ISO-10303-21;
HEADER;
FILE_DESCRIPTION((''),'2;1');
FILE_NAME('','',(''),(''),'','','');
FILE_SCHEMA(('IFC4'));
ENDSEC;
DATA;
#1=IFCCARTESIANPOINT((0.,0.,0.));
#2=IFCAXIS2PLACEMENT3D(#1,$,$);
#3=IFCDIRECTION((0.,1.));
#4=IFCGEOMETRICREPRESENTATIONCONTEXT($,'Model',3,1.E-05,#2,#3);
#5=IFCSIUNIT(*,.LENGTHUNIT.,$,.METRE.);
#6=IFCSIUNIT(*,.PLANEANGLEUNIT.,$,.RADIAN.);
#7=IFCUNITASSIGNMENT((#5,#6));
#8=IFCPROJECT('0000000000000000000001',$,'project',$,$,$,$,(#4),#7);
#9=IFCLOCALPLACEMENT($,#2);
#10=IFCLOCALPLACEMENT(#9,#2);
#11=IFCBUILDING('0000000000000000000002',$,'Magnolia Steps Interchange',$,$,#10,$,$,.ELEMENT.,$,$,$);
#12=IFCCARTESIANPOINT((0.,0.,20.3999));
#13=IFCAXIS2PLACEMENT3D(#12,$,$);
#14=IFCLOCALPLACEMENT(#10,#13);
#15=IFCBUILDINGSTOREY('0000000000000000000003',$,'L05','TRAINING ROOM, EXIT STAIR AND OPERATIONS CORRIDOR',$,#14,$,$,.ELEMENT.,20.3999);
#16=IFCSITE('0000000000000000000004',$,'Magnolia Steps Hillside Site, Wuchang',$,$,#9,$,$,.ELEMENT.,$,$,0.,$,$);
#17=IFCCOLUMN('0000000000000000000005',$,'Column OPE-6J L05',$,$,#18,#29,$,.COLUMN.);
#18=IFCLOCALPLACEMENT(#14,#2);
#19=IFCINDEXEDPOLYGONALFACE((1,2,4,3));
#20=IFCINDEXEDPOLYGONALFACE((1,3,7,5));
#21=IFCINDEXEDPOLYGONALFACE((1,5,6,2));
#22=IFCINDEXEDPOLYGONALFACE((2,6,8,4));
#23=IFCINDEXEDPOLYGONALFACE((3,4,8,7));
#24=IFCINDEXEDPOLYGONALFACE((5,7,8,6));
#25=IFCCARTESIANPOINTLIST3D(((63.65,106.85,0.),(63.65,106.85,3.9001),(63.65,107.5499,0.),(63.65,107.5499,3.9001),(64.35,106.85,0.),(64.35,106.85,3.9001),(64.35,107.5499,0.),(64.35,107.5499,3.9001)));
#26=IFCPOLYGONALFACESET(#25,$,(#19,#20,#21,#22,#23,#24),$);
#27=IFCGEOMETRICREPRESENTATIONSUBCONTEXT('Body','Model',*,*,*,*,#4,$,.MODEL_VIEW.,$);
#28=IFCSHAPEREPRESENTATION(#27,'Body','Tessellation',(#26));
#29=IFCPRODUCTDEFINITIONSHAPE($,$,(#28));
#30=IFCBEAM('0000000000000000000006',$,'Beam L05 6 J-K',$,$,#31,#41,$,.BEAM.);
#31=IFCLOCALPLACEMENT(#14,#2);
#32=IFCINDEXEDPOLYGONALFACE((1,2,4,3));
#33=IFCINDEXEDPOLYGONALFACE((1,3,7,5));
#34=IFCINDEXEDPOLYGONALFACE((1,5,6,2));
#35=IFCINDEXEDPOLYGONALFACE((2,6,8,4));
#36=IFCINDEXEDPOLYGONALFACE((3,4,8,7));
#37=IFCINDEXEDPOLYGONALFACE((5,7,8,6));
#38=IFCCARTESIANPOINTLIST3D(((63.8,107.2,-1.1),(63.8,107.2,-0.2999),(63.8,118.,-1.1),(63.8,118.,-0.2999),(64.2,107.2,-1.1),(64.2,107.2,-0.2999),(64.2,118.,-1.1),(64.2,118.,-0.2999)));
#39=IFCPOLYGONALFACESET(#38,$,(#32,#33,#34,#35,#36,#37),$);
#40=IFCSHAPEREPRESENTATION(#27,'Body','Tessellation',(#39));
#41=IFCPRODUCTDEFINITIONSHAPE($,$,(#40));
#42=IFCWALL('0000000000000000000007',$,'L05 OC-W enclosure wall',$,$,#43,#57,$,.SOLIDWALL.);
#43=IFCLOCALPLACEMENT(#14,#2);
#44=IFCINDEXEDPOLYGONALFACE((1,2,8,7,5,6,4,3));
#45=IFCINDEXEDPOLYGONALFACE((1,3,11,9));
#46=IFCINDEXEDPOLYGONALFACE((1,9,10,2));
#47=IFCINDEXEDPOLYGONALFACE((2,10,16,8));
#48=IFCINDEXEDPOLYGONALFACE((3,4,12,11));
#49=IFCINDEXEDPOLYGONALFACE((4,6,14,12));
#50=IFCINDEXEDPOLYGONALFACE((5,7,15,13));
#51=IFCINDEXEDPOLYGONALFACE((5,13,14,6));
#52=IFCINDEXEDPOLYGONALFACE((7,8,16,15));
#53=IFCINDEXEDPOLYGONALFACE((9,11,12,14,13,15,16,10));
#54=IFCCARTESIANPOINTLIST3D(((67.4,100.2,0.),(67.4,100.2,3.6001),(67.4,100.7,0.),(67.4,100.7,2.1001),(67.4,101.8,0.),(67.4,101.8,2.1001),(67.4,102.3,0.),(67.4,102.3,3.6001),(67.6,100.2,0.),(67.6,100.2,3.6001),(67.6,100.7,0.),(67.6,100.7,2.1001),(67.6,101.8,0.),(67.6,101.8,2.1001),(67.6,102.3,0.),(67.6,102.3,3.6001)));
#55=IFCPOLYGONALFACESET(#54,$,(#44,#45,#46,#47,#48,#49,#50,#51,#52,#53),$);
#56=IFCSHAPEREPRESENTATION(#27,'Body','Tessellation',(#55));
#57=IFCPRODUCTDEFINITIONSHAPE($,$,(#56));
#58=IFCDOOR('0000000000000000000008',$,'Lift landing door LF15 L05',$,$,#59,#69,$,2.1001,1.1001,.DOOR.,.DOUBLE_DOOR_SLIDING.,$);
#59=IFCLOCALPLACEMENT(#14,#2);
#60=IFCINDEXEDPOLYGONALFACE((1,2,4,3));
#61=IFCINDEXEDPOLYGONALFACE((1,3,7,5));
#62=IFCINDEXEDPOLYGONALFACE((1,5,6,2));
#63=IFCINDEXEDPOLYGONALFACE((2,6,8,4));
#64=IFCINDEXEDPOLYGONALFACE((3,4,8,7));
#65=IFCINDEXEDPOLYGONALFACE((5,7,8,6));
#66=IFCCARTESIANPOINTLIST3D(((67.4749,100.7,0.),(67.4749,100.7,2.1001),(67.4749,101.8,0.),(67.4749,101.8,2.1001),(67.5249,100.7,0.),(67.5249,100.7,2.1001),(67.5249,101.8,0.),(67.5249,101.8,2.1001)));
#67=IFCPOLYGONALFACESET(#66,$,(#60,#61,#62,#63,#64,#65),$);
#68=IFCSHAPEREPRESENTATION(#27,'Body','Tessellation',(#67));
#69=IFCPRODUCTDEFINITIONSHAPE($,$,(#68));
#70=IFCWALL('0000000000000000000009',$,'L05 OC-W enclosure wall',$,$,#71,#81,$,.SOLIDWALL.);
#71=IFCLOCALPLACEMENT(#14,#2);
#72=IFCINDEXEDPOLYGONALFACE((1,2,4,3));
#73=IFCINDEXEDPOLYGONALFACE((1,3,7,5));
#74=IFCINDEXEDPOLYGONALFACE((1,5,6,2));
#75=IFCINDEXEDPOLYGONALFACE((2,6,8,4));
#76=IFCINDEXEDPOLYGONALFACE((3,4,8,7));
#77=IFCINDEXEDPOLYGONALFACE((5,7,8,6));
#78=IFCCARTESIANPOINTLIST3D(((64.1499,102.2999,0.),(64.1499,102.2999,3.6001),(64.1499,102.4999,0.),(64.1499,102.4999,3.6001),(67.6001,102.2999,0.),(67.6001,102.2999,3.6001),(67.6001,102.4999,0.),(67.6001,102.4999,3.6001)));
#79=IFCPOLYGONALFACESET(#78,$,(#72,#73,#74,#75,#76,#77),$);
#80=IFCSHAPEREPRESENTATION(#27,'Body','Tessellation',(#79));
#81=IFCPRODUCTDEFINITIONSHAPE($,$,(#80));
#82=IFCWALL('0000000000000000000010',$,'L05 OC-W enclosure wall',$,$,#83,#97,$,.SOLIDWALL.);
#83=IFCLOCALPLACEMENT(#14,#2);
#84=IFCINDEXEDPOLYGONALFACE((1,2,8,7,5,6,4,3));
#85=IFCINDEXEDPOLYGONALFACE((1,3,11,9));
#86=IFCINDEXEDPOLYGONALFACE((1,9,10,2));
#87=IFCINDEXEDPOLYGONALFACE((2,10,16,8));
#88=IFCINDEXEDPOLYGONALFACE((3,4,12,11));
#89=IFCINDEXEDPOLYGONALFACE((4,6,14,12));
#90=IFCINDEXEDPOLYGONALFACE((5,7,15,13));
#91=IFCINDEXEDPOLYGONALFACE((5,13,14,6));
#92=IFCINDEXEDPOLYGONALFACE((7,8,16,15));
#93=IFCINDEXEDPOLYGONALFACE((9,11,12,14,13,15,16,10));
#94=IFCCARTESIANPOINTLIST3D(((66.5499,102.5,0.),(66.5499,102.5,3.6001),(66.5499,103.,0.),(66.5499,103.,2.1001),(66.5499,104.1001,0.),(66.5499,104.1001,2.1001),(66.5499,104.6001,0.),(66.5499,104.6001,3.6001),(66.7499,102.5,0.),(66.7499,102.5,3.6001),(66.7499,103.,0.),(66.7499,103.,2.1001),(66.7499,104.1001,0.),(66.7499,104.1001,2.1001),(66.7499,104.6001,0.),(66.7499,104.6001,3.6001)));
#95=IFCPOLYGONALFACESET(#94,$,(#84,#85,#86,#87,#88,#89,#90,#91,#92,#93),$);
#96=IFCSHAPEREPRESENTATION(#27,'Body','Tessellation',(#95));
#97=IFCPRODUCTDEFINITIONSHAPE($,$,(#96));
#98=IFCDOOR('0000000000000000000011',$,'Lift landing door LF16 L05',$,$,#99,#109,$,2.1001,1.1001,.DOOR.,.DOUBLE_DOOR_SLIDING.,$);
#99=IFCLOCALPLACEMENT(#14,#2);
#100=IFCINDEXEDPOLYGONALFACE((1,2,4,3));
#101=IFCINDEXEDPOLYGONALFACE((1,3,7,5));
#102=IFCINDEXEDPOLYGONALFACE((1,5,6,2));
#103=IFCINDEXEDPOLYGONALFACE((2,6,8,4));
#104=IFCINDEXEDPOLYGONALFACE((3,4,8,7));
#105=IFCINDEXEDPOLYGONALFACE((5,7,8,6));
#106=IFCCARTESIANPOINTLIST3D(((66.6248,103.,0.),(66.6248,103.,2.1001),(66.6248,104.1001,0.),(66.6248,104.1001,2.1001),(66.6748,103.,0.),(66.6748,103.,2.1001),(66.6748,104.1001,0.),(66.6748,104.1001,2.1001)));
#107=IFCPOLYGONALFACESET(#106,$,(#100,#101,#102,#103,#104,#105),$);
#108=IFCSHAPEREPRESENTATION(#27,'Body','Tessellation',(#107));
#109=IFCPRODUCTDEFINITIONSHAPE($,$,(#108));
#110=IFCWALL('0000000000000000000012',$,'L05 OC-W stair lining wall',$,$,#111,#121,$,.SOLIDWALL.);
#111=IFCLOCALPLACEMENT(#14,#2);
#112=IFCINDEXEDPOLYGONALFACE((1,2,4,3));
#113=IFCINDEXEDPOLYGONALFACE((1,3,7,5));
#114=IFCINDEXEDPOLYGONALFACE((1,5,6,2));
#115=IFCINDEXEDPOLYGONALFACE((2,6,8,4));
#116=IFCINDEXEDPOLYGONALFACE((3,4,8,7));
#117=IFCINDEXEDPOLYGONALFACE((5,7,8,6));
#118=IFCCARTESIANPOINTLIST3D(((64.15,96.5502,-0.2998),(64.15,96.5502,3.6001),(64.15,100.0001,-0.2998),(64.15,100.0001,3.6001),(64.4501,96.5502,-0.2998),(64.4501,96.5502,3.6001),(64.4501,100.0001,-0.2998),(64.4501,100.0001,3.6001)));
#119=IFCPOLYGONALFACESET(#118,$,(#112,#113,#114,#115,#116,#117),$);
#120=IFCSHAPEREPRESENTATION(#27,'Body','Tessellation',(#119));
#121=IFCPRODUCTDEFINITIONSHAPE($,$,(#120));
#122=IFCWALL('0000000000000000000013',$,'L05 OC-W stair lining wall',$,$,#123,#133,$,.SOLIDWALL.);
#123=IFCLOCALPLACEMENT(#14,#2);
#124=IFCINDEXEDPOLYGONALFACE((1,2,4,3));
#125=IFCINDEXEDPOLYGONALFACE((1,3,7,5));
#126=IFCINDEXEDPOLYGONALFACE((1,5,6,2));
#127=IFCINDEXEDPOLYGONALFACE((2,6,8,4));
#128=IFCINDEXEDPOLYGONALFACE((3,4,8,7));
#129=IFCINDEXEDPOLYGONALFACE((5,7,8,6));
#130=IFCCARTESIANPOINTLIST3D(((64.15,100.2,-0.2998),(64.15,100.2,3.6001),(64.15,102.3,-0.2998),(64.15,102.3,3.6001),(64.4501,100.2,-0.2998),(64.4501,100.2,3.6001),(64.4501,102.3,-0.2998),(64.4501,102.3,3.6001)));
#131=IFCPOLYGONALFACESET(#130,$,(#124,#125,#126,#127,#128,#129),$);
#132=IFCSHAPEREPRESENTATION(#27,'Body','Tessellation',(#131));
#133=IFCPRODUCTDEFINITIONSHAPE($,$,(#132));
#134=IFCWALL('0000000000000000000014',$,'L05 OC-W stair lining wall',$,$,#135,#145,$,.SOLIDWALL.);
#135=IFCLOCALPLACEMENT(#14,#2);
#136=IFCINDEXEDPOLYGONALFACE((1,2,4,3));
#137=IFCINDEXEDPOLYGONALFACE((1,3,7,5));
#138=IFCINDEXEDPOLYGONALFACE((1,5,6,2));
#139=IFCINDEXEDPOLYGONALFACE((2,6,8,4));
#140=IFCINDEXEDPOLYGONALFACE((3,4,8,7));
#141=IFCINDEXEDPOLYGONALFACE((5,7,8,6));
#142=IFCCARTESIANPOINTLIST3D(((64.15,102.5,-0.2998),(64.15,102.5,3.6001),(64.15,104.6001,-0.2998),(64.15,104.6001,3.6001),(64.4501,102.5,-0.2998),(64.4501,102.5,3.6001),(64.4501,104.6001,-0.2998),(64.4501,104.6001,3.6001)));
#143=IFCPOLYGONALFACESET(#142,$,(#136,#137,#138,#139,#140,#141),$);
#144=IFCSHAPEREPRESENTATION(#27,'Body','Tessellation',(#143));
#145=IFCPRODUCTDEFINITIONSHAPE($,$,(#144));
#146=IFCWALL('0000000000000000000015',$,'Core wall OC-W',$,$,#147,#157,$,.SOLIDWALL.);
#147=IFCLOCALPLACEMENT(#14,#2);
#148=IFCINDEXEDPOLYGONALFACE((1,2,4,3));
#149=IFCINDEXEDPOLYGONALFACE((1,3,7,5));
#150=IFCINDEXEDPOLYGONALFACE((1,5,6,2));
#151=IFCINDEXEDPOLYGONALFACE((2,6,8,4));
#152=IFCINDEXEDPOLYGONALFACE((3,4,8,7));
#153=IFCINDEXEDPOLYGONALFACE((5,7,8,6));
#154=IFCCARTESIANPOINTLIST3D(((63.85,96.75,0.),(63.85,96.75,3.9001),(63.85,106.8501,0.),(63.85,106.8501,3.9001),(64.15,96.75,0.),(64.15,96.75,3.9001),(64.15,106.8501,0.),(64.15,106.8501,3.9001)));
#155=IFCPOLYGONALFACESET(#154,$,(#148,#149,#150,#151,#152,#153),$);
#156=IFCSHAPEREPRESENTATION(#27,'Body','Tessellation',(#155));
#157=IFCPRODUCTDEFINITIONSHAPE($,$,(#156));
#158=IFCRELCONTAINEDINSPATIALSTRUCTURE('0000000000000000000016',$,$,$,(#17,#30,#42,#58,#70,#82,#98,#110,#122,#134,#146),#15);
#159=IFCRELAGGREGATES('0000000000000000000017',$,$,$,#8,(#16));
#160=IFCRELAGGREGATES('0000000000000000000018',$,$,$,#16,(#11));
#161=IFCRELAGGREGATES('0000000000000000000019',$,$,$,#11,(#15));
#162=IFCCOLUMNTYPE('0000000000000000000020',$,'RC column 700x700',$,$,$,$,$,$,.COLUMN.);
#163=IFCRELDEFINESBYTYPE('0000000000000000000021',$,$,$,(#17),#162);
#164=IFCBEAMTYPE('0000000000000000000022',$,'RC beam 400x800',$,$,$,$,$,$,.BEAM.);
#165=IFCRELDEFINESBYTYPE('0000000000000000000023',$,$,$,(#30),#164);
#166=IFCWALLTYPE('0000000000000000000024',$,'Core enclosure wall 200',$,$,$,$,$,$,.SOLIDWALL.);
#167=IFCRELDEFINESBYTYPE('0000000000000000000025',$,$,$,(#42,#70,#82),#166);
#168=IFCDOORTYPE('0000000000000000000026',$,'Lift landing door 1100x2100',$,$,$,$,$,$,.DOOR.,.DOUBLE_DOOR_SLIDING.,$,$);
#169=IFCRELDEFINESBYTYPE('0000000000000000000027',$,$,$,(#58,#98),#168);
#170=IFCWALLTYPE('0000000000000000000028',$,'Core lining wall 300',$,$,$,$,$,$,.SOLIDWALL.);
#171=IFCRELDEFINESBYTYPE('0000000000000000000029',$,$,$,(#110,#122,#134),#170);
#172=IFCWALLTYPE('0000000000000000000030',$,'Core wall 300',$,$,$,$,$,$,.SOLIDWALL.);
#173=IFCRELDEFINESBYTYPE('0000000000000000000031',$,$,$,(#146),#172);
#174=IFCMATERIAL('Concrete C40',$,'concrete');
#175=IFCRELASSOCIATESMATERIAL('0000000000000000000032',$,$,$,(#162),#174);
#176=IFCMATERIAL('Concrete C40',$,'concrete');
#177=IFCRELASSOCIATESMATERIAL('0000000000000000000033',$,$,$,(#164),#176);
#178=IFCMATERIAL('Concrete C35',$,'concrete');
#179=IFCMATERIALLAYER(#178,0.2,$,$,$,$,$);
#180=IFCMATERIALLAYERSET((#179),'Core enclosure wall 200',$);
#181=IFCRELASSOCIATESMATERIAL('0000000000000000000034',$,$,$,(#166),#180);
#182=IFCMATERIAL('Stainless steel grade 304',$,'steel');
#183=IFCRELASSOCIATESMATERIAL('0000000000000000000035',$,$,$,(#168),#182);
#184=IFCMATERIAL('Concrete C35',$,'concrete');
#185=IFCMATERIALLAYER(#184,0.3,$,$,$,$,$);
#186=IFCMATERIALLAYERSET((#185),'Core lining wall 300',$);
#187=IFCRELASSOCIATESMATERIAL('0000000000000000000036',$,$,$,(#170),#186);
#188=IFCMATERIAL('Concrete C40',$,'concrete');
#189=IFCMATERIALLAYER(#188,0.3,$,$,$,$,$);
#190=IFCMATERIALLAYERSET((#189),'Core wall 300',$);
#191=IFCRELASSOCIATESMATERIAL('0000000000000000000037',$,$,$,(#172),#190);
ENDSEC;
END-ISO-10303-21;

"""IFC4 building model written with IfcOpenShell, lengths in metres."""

from ifc_helpers import new_model, si_unit, direction, frame, frame_2d, origin, origin_2d, place, context, subcontext, project, spatial, rectangle, extrude, material, layer, layer_set, material_profile, profile_set, type_object, element, fill, save


model = new_model("IFC4")

# Units and contexts
model_context = context("Model", 3, precision=1e-05, world=origin(), true_north=direction((0.0, 1.0)))
body_context = subcontext(model_context, "Body", "Model", "MODEL_VIEW")
ifc_project = project(units=[si_unit("LENGTHUNIT", "METRE"), si_unit("PLANEANGLEUNIT", "RADIAN")], contexts=[model_context])

# Site, building, storey
site_placement = place(None, origin())
site = spatial("IfcSite", under=ifc_project, at=site_placement, Name="Magnolia Steps Hillside Site, Wuchang", CompositionType="ELEMENT", RefElevation=0.0)
building_placement = place(site_placement, origin())
building = spatial("IfcBuilding", under=site, at=building_placement, Name="Magnolia Steps Interchange", CompositionType="ELEMENT")
storey_placement = place(building_placement, frame((0.0, 0.0, 20.3999)))
storey = spatial("IfcBuildingStorey", under=building, at=storey_placement, Name="L05", Description="TRAINING ROOM, EXIT STAIR AND OPERATIONS CORRIDOR", CompositionType="ELEMENT", Elevation=20.3999)

# Column
ifc_material_1 = material(Name="Concrete C40", Category="concrete")
ifc_material_profile_1 = material_profile(ifc_material_1, rectangle(XDim=0.7, YDim=0.7, at=origin_2d()), Name="RC700x700")
ifc_profile_set_1 = profile_set([ifc_material_profile_1], Name="Concrete C40")
column_type = type_object("IfcColumnType", Name="RC column 700x700", PredefinedType="COLUMN", material=ifc_profile_set_1)
column_placement = place(storey_placement, frame((64.0, 107.2, 0.0), z_axis=(0.0, 0.0, 1.0), x_axis=(1.0, 0.0, 0.0)))
element("IfcColumn", 1, at=column_placement, inside=storey, type_object=column_type, Name="Column OPE-6J L05", PredefinedType="COLUMN", context=body_context, shape_type="SweptSolid", body=[
    extrude(rectangle(XDim=0.7, YDim=0.7, at=origin_2d()), origin(), (0.0, 0.0, 1.0), 3.9001),
])

# Beam
ifc_material_2 = material(Name="Concrete C40", Category="concrete")
ifc_material_profile_2 = material_profile(ifc_material_2, rectangle(XDim=0.3999, YDim=0.8, at=origin_2d()), Name="RC400x800")
ifc_profile_set_2 = profile_set([ifc_material_profile_2], Name="Concrete C40")
beam_type = type_object("IfcBeamType", Name="RC beam 400x800", PredefinedType="BEAM", material=ifc_profile_set_2)
beam_placement = place(storey_placement, frame((64.0, 107.2, -0.7), z_axis=(0.0, 1.0, 0.0), x_axis=(-1.0, 0.0, 0.0)))
element("IfcBeam", 2, at=beam_placement, inside=storey, type_object=beam_type, Name="Beam L05 6 J-K", PredefinedType="BEAM", context=body_context, shape_type="SweptSolid", body=[
    extrude(rectangle(XDim=0.3999, YDim=0.8, at=origin_2d()), origin(), (0.0, 0.0, 1.0), 10.8),
])

# Wall, opening, door
ifc_material_3 = material(Name="Concrete C35", Category="concrete")
ifc_layer_1 = layer(ifc_material_3, 0.2)
ifc_layer_set_1 = layer_set([ifc_layer_1], Name="Core enclosure wall 200")
wall_type_1 = type_object("IfcWallType", Name="Core enclosure wall 200", PredefinedType="SOLIDWALL", material=ifc_layer_set_1)
wall_1_placement = place(storey_placement, frame((67.5, 100.2, 0.0), z_axis=(0.0, 0.0, 1.0), x_axis=(0.0, 1.0, 0.0)))
wall_1 = element("IfcWall", 3, at=wall_1_placement, inside=storey, type_object=wall_type_1, Name="L05 OC-W enclosure wall", PredefinedType="SOLIDWALL", context=body_context, shape_type="SweptSolid", body=[
    extrude(rectangle(XDim=2.1001, YDim=0.2, at=frame_2d((1.05, 0.0))), origin(), (0.0, 0.0, 1.0), 3.6001),
])
opening_1_placement = place(wall_1_placement, frame((0.5, 0.0, 0.0)))
opening_1 = element("IfcOpeningElement", 4, at=opening_1_placement, cuts=wall_1, PredefinedType="OPENING", context=body_context, shape_type="SweptSolid", body=[
    extrude(rectangle(XDim=1.1001, YDim=2.1001, at=frame_2d((0.55, 1.05))), frame((0.0, 0.1099, 0.0), z_axis=(0.0, -1.0, 0.0), x_axis=(1.0, 0.0, 0.0)), (0.0, 0.0, 1.0), 0.22),
])
ifc_material_4 = material(Name="Stainless steel grade 304", Category="steel")
door_type = type_object("IfcDoorType", Name="Lift landing door 1100x2100", OperationType="DOUBLE_DOOR_SLIDING", PredefinedType="DOOR", material=ifc_material_4)
door_1_placement = place(opening_1_placement, frame((1.1001, 0.0, 0.0), z_axis=(0.0, 0.0, 1.0), x_axis=(-1.0, 0.0, 0.0)))
door_1 = element("IfcDoor", 5, at=door_1_placement, inside=storey, type_object=door_type, Name="Lift landing door LF15 L05", OperationType="DOUBLE_DOOR_SLIDING", OverallHeight=2.1001, OverallWidth=1.1001, PredefinedType="DOOR", context=body_context, shape_type="SweptSolid", body=[
    extrude(rectangle(XDim=1.1001, YDim=2.1001, at=frame_2d((0.55, 1.05))), frame((0.0, 0.0249, 0.0), z_axis=(0.0, -1.0, 0.0), x_axis=(1.0, 0.0, 0.0)), (0.0, 0.0, 1.0), 0.05),
])
fill(opening_1, door_1)

# Wall
wall_2_placement = place(storey_placement, frame((67.6001, 102.3999, 0.0), z_axis=(0.0, 0.0, 1.0), x_axis=(-1.0, 0.0, 0.0)))
element("IfcWall", 6, at=wall_2_placement, inside=storey, type_object=wall_type_1, Name="L05 OC-W enclosure wall", PredefinedType="SOLIDWALL", context=body_context, shape_type="SweptSolid", body=[
    extrude(rectangle(XDim=3.4502, YDim=0.2, at=frame_2d((1.7251, 0.0))), origin(), (0.0, 0.0, 1.0), 3.6001),
])

# Wall, opening, door
wall_3_placement = place(storey_placement, frame((66.6499, 102.5, 0.0), z_axis=(0.0, 0.0, 1.0), x_axis=(0.0, 1.0, 0.0)))
wall_3 = element("IfcWall", 7, at=wall_3_placement, inside=storey, type_object=wall_type_1, Name="L05 OC-W enclosure wall", PredefinedType="SOLIDWALL", context=body_context, shape_type="SweptSolid", body=[
    extrude(rectangle(XDim=2.1001, YDim=0.2, at=frame_2d((1.05, 0.0))), origin(), (0.0, 0.0, 1.0), 3.6001),
])
opening_2_placement = place(wall_3_placement, frame((0.5, 0.0, 0.0)))
opening_2 = element("IfcOpeningElement", 8, at=opening_2_placement, cuts=wall_3, PredefinedType="OPENING", context=body_context, shape_type="SweptSolid", body=[
    extrude(rectangle(XDim=1.1001, YDim=2.1001, at=frame_2d((0.55, 1.05))), frame((0.0, 0.1099, 0.0), z_axis=(0.0, -1.0, 0.0), x_axis=(1.0, 0.0, 0.0)), (0.0, 0.0, 1.0), 0.22),
])
door_2_placement = place(opening_2_placement, frame((1.1001, 0.0, 0.0), z_axis=(0.0, 0.0, 1.0), x_axis=(-1.0, 0.0, 0.0)))
door_2 = element("IfcDoor", 9, at=door_2_placement, inside=storey, type_object=door_type, Name="Lift landing door LF16 L05", OperationType="DOUBLE_DOOR_SLIDING", OverallHeight=2.1001, OverallWidth=1.1001, PredefinedType="DOOR", context=body_context, shape_type="SweptSolid", body=[
    extrude(rectangle(XDim=1.1001, YDim=2.1001, at=frame_2d((0.55, 1.05))), frame((0.0, 0.0249, 0.0), z_axis=(0.0, -1.0, 0.0), x_axis=(1.0, 0.0, 0.0)), (0.0, 0.0, 1.0), 0.05),
])
fill(opening_2, door_2)

# Walls
ifc_material_5 = material(Name="Concrete C35", Category="concrete")
ifc_layer_2 = layer(ifc_material_5, 0.3)
ifc_layer_set_2 = layer_set([ifc_layer_2], Name="Core lining wall 300")
wall_type_2 = type_object("IfcWallType", Name="Core lining wall 300", PredefinedType="SOLIDWALL", material=ifc_layer_set_2)
wall_4_placement = place(storey_placement, frame((64.3, 96.55, -0.2998), z_axis=(0.0, 0.0, 1.0), x_axis=(0.0, 1.0, 0.0)))
element("IfcWall", 10, at=wall_4_placement, inside=storey, type_object=wall_type_2, Name="L05 OC-W stair lining wall", PredefinedType="SOLIDWALL", context=body_context, shape_type="SweptSolid", body=[
    extrude(rectangle(XDim=3.45, YDim=0.3, at=frame_2d((1.7251, 0.0))), origin(), (0.0, 0.0, 1.0), 3.8999),
])
for number, where, z_axis, x_axis, name in (
    (11, (64.3, 100.2, -0.2998), (0.0, 0.0, 1.0), (0.0, 1.0, 0.0), "L05 OC-W stair lining wall"),
    (12, (64.3, 102.5, -0.2998), (0.0, 0.0, 1.0), (0.0, 1.0, 0.0), "L05 OC-W stair lining wall"),
):
    element("IfcWall", number, at=place(storey_placement, frame(where, z_axis=z_axis, x_axis=x_axis)), inside=storey, type_object=wall_type_2, Name=name, PredefinedType="SOLIDWALL", context=body_context, shape_type="SweptSolid", body=[
        extrude(rectangle(XDim=2.1001, YDim=0.3, at=frame_2d((1.05, 0.0))), origin(), (0.0, 0.0, 1.0), 3.8999),
    ])
ifc_material_6 = material(Name="Concrete C40", Category="concrete")
ifc_layer_3 = layer(ifc_material_6, 0.3)
ifc_layer_set_3 = layer_set([ifc_layer_3], Name="Core wall 300")
wall_type_3 = type_object("IfcWallType", Name="Core wall 300", PredefinedType="SOLIDWALL", material=ifc_layer_set_3)
wall_5_placement = place(storey_placement, frame((64.0, 106.8501, 0.0), z_axis=(0.0, 0.0, 1.0), x_axis=(0.0, -1.0, 0.0)))
element("IfcWall", 13, at=wall_5_placement, inside=storey, type_object=wall_type_3, Name="Core wall OC-W", PredefinedType="SOLIDWALL", context=body_context, shape_type="SweptSolid", body=[
    extrude(rectangle(XDim=10.1001, YDim=0.3, at=frame_2d((5.05, 0.0))), origin(), (0.0, 0.0, 1.0), 3.9001),
])

save(model, "model.ifc")
